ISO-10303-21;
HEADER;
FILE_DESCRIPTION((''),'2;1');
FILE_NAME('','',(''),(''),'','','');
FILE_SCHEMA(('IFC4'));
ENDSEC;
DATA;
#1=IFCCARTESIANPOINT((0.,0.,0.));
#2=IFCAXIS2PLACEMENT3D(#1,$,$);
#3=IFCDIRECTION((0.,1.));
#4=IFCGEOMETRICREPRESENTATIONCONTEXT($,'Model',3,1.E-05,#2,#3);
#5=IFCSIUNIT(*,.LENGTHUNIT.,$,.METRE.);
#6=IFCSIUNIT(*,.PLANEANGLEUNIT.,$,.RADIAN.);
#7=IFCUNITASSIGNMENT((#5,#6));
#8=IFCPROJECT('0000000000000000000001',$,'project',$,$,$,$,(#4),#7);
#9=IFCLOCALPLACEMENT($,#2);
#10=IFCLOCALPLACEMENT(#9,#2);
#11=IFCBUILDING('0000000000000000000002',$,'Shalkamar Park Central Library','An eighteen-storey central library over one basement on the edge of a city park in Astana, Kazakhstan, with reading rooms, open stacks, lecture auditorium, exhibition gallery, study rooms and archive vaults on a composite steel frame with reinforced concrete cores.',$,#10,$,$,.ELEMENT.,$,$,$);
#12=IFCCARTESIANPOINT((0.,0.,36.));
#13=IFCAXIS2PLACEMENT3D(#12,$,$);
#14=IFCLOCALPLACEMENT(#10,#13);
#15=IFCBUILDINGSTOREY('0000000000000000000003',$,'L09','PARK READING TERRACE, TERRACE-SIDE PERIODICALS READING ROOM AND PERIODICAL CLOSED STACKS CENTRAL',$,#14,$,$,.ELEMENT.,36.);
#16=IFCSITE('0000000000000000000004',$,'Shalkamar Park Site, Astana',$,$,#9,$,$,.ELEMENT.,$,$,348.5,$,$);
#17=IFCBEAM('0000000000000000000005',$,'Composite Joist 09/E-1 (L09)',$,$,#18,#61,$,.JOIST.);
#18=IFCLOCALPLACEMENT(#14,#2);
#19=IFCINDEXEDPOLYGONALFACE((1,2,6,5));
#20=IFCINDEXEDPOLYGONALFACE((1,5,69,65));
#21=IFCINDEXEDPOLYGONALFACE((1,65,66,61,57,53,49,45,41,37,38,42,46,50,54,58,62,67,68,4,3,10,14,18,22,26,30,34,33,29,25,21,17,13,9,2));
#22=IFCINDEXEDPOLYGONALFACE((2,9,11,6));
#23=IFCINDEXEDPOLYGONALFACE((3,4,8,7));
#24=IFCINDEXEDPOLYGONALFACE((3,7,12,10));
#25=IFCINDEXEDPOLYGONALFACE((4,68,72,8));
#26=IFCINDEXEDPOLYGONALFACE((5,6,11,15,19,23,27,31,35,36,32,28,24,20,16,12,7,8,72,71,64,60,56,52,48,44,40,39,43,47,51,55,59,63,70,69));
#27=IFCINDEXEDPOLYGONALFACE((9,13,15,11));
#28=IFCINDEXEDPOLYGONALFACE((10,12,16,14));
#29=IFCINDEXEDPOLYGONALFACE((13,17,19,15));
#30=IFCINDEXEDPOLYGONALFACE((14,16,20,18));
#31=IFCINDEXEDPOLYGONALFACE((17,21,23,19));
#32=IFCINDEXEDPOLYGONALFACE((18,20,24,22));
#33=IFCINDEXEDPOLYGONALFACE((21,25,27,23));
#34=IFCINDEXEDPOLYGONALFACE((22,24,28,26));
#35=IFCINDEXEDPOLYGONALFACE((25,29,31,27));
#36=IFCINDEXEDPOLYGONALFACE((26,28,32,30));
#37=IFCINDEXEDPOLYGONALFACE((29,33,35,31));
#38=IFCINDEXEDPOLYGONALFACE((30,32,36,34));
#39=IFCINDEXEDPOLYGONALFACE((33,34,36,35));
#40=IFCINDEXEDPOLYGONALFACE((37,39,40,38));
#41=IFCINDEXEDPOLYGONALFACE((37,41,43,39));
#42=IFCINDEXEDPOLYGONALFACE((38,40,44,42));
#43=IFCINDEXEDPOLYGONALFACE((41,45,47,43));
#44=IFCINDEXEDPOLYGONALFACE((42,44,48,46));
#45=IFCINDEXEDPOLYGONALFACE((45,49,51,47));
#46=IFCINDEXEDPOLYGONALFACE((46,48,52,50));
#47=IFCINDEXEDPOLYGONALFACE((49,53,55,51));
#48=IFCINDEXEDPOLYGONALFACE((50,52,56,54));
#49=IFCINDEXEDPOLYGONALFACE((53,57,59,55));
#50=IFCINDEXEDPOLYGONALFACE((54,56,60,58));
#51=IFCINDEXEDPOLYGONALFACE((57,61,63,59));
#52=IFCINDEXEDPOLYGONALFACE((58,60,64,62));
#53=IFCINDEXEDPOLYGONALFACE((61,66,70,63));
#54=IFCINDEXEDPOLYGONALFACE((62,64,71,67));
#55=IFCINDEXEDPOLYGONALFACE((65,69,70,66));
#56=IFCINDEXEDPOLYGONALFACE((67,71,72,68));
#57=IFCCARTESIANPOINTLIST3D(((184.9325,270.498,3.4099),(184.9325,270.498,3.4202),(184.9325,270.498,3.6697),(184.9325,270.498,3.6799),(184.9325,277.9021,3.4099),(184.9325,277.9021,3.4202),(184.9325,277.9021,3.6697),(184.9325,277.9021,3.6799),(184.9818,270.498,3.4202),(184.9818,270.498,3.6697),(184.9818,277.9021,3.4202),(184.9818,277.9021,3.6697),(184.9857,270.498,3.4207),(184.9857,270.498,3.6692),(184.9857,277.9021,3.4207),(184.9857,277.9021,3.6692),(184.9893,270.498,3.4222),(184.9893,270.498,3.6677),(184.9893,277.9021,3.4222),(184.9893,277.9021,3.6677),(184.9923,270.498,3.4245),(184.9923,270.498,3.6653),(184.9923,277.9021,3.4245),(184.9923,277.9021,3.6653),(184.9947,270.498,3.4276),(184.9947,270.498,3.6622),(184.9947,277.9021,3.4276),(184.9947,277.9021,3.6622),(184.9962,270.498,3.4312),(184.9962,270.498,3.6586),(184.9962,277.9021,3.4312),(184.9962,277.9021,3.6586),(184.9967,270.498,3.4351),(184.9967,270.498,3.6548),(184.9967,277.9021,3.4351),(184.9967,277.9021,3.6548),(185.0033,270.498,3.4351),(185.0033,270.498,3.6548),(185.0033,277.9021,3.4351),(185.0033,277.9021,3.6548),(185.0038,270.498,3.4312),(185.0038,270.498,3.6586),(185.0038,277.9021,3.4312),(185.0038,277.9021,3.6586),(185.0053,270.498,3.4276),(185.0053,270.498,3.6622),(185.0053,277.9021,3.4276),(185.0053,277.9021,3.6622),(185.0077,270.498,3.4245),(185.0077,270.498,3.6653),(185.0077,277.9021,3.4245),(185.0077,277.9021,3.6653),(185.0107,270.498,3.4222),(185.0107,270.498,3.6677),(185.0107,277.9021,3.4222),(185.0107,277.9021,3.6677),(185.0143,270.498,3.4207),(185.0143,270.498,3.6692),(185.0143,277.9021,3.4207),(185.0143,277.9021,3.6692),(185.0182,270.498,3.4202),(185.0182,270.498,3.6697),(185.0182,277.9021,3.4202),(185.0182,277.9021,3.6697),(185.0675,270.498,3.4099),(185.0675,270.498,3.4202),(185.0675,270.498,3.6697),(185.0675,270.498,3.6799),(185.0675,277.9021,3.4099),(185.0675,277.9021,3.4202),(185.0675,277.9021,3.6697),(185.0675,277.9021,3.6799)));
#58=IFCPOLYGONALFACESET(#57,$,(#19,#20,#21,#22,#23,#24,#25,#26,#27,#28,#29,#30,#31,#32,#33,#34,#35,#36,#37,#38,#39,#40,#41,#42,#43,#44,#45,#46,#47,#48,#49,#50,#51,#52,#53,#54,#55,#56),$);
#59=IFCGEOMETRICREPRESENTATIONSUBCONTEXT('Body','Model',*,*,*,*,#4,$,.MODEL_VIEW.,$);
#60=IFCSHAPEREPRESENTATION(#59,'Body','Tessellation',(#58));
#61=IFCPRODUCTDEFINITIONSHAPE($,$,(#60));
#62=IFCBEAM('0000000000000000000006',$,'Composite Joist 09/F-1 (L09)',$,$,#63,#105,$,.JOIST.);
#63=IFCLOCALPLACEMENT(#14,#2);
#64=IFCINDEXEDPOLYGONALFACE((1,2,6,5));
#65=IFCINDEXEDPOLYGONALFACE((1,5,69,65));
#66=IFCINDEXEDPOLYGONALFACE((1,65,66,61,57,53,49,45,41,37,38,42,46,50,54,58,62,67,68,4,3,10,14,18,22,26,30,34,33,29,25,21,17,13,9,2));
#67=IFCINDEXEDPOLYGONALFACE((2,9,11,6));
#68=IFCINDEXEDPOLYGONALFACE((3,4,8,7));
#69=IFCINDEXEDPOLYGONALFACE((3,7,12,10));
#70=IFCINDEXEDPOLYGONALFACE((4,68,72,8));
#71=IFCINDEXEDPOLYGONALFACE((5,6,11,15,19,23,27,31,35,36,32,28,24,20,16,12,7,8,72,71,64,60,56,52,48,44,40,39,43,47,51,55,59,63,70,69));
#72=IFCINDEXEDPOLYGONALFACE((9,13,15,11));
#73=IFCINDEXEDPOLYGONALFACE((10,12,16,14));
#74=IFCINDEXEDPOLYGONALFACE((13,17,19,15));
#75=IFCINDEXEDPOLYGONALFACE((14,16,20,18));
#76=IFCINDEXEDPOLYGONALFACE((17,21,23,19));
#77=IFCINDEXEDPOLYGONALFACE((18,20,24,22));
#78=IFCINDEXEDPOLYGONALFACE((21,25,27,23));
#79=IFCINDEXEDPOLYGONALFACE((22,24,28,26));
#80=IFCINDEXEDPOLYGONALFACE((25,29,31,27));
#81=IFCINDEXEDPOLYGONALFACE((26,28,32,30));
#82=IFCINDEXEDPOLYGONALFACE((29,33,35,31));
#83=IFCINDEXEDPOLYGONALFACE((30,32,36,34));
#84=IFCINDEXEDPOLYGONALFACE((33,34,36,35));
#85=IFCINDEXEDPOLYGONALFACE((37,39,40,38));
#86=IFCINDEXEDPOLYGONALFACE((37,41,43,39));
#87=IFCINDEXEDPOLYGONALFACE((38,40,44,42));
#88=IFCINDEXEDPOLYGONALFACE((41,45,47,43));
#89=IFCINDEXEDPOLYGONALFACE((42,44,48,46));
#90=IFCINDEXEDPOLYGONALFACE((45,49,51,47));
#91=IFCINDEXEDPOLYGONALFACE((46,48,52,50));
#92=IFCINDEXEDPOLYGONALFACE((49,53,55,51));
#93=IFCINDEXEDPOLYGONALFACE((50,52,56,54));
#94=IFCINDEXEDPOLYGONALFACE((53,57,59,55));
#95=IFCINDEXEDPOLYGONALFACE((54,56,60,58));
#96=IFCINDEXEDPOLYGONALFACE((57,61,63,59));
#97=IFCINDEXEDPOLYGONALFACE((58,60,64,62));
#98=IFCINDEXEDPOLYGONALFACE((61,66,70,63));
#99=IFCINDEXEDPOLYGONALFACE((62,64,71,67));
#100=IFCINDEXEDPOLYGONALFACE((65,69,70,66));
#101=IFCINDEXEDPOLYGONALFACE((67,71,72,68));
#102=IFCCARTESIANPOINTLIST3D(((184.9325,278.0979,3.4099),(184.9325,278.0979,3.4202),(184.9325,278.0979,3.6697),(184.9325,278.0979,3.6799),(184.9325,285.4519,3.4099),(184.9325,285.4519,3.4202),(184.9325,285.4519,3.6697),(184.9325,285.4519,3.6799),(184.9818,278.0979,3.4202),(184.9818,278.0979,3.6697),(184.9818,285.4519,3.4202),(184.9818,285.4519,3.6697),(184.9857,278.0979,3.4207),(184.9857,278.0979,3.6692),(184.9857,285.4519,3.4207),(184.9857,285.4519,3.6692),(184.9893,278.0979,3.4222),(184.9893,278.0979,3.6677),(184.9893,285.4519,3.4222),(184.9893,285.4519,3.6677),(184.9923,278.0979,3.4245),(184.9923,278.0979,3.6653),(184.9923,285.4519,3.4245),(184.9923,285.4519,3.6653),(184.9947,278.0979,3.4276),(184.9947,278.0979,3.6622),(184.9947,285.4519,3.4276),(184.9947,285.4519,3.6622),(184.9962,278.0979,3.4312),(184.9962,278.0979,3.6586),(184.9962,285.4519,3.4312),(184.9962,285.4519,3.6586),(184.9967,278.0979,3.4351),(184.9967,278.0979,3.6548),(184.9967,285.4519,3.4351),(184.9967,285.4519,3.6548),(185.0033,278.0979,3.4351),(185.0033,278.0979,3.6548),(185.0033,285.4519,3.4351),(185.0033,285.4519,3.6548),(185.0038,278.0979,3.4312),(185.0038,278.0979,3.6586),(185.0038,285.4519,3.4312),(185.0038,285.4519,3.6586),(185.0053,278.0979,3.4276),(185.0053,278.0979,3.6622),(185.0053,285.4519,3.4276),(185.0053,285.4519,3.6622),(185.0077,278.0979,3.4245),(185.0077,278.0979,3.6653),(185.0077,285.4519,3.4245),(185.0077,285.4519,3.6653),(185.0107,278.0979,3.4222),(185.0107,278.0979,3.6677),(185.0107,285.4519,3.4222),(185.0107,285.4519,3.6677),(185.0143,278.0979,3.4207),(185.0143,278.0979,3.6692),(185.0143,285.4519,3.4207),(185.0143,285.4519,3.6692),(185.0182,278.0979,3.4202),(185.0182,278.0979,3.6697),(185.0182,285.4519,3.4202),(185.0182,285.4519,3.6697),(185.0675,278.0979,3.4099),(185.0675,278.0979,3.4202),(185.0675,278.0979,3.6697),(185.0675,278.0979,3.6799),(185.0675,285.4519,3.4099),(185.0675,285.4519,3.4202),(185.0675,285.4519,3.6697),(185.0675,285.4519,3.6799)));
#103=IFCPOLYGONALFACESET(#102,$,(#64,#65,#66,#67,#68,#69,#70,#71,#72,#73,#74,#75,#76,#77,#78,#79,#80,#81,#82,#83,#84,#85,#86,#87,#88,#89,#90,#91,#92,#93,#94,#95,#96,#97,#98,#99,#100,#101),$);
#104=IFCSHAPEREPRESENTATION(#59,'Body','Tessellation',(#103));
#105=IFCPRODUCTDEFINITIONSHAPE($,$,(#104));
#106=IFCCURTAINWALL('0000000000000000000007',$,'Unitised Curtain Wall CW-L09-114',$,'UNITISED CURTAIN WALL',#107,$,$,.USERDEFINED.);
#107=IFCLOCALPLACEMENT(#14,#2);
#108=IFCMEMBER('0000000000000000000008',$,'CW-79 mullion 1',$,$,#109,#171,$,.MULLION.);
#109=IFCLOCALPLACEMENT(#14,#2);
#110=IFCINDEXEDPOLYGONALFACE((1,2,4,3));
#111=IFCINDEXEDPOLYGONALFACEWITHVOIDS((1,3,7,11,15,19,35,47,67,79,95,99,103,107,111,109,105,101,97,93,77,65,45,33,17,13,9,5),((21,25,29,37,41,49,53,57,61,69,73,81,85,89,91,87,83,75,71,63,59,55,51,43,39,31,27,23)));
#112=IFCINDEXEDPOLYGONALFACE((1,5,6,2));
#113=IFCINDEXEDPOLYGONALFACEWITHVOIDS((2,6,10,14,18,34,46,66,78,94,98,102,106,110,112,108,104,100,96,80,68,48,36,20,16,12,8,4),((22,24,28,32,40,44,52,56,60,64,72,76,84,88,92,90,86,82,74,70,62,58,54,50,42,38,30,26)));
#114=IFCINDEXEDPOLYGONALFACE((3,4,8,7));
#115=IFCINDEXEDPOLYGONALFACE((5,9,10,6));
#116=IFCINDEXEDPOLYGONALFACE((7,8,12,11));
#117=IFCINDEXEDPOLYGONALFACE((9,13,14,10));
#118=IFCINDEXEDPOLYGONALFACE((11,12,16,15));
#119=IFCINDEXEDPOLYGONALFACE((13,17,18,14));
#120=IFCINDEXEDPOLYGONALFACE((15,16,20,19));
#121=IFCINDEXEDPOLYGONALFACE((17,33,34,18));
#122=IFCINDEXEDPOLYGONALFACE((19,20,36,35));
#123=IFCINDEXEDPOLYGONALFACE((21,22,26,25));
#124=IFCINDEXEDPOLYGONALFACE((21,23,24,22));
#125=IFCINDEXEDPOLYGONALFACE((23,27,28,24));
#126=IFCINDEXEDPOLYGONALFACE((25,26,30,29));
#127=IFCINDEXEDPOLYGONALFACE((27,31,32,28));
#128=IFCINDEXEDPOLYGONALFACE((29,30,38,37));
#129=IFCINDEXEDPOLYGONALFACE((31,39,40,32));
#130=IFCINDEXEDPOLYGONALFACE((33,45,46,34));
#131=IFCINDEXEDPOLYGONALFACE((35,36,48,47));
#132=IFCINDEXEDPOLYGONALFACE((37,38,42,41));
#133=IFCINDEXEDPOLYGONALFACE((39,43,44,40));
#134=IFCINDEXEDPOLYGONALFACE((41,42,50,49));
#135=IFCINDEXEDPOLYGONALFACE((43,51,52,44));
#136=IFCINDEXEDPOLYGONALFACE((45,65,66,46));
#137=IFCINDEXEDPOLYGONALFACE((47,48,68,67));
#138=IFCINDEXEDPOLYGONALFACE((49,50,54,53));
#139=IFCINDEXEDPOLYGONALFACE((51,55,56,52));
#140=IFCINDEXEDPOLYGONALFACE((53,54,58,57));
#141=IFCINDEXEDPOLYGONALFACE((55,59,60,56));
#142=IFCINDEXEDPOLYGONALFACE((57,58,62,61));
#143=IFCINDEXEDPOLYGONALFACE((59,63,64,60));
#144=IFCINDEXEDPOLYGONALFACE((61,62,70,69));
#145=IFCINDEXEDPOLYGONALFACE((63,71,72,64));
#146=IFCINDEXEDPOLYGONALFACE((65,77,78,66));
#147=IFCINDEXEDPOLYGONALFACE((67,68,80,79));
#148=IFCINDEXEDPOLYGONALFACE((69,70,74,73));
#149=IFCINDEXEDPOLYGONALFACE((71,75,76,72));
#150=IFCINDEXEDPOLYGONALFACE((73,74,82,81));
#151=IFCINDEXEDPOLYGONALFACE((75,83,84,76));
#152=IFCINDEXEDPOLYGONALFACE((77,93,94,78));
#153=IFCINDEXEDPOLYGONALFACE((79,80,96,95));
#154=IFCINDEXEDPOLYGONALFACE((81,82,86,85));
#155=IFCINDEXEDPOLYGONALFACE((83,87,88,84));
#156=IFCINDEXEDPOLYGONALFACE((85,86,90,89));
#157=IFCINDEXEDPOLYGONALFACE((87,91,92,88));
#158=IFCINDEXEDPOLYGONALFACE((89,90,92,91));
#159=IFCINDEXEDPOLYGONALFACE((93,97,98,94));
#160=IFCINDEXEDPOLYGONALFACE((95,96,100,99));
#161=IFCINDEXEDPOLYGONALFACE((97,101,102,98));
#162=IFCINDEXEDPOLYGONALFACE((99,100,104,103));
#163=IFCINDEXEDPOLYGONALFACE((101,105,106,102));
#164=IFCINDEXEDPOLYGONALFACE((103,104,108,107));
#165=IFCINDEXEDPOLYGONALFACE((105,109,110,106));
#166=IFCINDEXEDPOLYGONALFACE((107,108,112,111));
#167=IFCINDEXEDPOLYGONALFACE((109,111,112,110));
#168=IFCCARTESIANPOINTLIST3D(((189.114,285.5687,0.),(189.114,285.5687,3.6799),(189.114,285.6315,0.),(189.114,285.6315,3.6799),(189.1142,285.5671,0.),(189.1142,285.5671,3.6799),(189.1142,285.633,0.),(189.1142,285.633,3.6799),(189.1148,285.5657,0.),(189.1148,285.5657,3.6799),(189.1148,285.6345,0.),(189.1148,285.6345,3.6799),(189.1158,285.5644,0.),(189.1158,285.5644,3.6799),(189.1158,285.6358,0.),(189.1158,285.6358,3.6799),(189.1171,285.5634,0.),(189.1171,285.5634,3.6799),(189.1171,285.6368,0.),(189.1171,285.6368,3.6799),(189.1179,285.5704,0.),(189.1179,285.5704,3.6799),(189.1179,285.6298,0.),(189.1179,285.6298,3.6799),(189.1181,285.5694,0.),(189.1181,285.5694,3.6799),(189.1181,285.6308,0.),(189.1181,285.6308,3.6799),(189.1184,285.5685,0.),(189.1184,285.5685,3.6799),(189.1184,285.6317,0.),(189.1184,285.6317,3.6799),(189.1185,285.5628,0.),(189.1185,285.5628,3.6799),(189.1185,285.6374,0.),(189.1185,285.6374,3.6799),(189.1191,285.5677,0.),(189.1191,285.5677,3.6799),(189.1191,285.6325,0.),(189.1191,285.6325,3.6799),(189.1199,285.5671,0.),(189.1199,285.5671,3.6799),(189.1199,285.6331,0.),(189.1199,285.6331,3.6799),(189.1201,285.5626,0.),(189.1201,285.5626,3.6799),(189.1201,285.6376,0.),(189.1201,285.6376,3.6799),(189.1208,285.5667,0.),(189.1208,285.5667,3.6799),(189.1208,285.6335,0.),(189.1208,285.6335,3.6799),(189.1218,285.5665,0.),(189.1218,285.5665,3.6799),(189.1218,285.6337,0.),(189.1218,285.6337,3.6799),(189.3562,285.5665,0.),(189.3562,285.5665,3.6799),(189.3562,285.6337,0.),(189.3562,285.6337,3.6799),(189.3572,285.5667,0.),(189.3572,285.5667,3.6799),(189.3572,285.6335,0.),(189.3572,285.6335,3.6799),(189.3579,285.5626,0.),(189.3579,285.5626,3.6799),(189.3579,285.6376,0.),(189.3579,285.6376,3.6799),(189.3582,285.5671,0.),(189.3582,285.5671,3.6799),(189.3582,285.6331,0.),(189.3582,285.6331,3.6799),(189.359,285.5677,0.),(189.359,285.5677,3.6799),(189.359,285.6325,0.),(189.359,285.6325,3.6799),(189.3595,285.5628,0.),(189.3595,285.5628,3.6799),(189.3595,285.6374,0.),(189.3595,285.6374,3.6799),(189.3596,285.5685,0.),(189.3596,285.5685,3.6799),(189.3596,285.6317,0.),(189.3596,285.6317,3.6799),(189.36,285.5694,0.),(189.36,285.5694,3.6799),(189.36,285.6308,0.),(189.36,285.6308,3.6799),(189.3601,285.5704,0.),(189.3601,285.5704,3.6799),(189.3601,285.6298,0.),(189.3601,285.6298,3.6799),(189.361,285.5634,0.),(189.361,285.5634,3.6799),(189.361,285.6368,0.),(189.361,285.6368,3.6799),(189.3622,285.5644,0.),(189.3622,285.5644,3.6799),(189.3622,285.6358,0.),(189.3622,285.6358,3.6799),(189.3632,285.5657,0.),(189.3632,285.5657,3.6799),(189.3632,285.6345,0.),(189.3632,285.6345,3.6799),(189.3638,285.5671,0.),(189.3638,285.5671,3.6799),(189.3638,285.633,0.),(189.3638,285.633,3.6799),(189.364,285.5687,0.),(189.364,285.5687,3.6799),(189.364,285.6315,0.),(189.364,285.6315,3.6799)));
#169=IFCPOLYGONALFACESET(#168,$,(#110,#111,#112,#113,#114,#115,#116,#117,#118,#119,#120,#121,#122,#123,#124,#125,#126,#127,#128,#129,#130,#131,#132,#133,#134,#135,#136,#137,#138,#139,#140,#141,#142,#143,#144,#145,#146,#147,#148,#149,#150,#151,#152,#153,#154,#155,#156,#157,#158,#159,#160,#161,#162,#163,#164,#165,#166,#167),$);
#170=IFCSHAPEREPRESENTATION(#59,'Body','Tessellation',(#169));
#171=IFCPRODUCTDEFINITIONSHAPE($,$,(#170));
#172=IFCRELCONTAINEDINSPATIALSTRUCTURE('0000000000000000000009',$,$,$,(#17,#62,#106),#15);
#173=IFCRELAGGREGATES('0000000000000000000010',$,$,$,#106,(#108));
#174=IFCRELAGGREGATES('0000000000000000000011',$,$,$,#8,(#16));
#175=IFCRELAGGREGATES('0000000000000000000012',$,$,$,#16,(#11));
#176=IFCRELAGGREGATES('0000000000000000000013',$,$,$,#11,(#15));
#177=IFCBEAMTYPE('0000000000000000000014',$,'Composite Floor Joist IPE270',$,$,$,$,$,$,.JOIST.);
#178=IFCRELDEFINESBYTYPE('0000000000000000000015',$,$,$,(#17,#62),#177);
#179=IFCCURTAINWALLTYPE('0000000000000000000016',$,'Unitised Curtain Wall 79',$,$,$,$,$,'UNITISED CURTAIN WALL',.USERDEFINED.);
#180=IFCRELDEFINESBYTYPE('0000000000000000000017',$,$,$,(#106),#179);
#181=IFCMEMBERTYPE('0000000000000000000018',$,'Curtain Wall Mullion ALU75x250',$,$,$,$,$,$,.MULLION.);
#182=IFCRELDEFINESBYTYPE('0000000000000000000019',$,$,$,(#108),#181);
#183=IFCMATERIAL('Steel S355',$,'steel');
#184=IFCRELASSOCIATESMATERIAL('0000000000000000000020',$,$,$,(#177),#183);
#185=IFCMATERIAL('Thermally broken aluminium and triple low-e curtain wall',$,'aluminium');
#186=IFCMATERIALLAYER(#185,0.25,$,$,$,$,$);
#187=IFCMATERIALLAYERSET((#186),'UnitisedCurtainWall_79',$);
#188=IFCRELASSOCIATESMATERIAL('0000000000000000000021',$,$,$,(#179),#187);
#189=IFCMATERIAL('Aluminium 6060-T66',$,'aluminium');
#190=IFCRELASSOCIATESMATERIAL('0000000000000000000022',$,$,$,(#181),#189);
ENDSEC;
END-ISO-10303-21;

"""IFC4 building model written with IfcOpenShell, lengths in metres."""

from ifc_helpers import new_model, si_unit, direction, frame, origin, origin_2d, place, context, subcontext, project, spatial, hollow_rectangle, i_section, extrude, material, layer, layer_set, material_profile, profile_set, type_object, element, aggregate, save


model = new_model("IFC4")

# Units and contexts
model_context = context("Model", 3, precision=1e-05, world=origin(), true_north=direction((0.0, 1.0)))
body_context = subcontext(model_context, "Body", "Model", "MODEL_VIEW")
ifc_project = project(units=[si_unit("LENGTHUNIT", "METRE"), si_unit("PLANEANGLEUNIT", "RADIAN")], contexts=[model_context])

# Site, building, storey
site_placement = place(None, origin())
site = spatial("IfcSite", under=ifc_project, at=site_placement, Name="Shalkamar Park Site, Astana", CompositionType="ELEMENT", RefElevation=348.5)
building_placement = place(site_placement, origin())
building = spatial("IfcBuilding", under=site, at=building_placement, Name="Shalkamar Park Central Library", Description="An eighteen-storey central library over one basement on the edge of a city park in Astana, Kazakhstan, with reading rooms, open stacks, lecture auditorium, exhibition gallery, study rooms and archive vaults on a composite steel frame with reinforced concrete cores.", CompositionType="ELEMENT")
storey_placement = place(building_placement, frame((0.0, 0.0, 36.0)))
storey = spatial("IfcBuildingStorey", under=building, at=storey_placement, Name="L09", Description="PARK READING TERRACE, TERRACE-SIDE PERIODICALS READING ROOM AND PERIODICAL CLOSED STACKS CENTRAL", CompositionType="ELEMENT", Elevation=36.0)

# Shared definitions
ifc_material_1 = material(Name="Steel S355", Category="steel")

# Beams
ifc_material_profile_1 = material_profile(ifc_material_1, i_section(OverallWidth=0.135, OverallDepth=0.27, WebThickness=0.0066, FlangeThickness=0.0103, FilletRadius=0.0149, at=origin_2d()), Name="IPE 270")
ifc_profile_set_1 = profile_set([ifc_material_profile_1], Name="Steel S355")
beam_type_1 = type_object("IfcBeamType", Name="Composite Floor Joist IPE270", PredefinedType="JOIST", material=ifc_profile_set_1)
beam_1_placement = place(storey_placement, frame((185.0, 270.498, 3.5449), z_axis=(0.0, 1.0, 0.0), x_axis=(-1.0, 0.0, 0.0)))
element("IfcBeam", 1, at=beam_1_placement, inside=storey, type_object=beam_type_1, Name="Composite Joist 09/E-1 (L09)", PredefinedType="JOIST", context=body_context, shape_type="SweptSolid", body=[
    extrude(i_section(OverallWidth=0.135, OverallDepth=0.27, WebThickness=0.0066, FlangeThickness=0.0103, FilletRadius=0.0149, at=origin_2d()), origin(), (0.0, 0.0, 1.0), 7.4041),
])
beam_2_placement = place(storey_placement, frame((185.0, 278.0979, 3.5449), z_axis=(0.0, 1.0, 0.0), x_axis=(-1.0, 0.0, 0.0)))
element("IfcBeam", 2, at=beam_2_placement, inside=storey, type_object=beam_type_1, Name="Composite Joist 09/F-1 (L09)", PredefinedType="JOIST", context=body_context, shape_type="SweptSolid", body=[
    extrude(i_section(OverallWidth=0.135, OverallDepth=0.27, WebThickness=0.0066, FlangeThickness=0.0103, FilletRadius=0.0149, at=origin_2d()), origin(), (0.0, 0.0, 1.0), 7.354),
])

# Curtain wall, member
ifc_material_2 = material(Name="Thermally broken aluminium and triple low-e curtain wall", Category="aluminium")
ifc_layer_1 = layer(ifc_material_2, 0.25)
ifc_layer_set_1 = layer_set([ifc_layer_1], Name="UnitisedCurtainWall_79")
curtain_wall_type = type_object("IfcCurtainWallType", Name="Unitised Curtain Wall 79", ElementType="UNITISED CURTAIN WALL", PredefinedType="USERDEFINED", material=ifc_layer_set_1)
curtain_wall_placement = place(storey_placement, origin())
curtain_wall = element("IfcCurtainWall", 3, at=curtain_wall_placement, inside=storey, type_object=curtain_wall_type, Name="Unitised Curtain Wall CW-L09-114", ObjectType="UNITISED CURTAIN WALL", PredefinedType="USERDEFINED")
ifc_material_3 = material(Name="Aluminium 6060-T66", Category="aluminium")
ifc_material_profile_2 = material_profile(ifc_material_3, hollow_rectangle(XDim=0.075, YDim=0.25, WallThickness=0.0039, InnerFilletRadius=0.0039, OuterFilletRadius=0.0061, at=origin_2d()), Name="ALU 75x250x4")
ifc_profile_set_2 = profile_set([ifc_material_profile_2], Name="Aluminium 6060-T66")
member_type_1 = type_object("IfcMemberType", Name="Curtain Wall Mullion ALU75x250", PredefinedType="MULLION", material=ifc_profile_set_2)
member_1_placement = place(storey_placement, frame((189.239, 285.6001, 0.0), z_axis=(0.0, 0.0, 1.0), x_axis=(0.0, 1.0, 0.0)))
member_1 = element("IfcMember", 4, at=member_1_placement, type_object=member_type_1, Name="CW-79 mullion 1", PredefinedType="MULLION", context=body_context, shape_type="SweptSolid", body=[
    extrude(hollow_rectangle(XDim=0.075, YDim=0.25, WallThickness=0.0039, InnerFilletRadius=0.0039, OuterFilletRadius=0.0061, at=origin_2d()), origin(), (0.0, 0.0, 1.0), 3.6799),
])

aggregate(curtain_wall, [member_1])

save(model, "model.ifc")
